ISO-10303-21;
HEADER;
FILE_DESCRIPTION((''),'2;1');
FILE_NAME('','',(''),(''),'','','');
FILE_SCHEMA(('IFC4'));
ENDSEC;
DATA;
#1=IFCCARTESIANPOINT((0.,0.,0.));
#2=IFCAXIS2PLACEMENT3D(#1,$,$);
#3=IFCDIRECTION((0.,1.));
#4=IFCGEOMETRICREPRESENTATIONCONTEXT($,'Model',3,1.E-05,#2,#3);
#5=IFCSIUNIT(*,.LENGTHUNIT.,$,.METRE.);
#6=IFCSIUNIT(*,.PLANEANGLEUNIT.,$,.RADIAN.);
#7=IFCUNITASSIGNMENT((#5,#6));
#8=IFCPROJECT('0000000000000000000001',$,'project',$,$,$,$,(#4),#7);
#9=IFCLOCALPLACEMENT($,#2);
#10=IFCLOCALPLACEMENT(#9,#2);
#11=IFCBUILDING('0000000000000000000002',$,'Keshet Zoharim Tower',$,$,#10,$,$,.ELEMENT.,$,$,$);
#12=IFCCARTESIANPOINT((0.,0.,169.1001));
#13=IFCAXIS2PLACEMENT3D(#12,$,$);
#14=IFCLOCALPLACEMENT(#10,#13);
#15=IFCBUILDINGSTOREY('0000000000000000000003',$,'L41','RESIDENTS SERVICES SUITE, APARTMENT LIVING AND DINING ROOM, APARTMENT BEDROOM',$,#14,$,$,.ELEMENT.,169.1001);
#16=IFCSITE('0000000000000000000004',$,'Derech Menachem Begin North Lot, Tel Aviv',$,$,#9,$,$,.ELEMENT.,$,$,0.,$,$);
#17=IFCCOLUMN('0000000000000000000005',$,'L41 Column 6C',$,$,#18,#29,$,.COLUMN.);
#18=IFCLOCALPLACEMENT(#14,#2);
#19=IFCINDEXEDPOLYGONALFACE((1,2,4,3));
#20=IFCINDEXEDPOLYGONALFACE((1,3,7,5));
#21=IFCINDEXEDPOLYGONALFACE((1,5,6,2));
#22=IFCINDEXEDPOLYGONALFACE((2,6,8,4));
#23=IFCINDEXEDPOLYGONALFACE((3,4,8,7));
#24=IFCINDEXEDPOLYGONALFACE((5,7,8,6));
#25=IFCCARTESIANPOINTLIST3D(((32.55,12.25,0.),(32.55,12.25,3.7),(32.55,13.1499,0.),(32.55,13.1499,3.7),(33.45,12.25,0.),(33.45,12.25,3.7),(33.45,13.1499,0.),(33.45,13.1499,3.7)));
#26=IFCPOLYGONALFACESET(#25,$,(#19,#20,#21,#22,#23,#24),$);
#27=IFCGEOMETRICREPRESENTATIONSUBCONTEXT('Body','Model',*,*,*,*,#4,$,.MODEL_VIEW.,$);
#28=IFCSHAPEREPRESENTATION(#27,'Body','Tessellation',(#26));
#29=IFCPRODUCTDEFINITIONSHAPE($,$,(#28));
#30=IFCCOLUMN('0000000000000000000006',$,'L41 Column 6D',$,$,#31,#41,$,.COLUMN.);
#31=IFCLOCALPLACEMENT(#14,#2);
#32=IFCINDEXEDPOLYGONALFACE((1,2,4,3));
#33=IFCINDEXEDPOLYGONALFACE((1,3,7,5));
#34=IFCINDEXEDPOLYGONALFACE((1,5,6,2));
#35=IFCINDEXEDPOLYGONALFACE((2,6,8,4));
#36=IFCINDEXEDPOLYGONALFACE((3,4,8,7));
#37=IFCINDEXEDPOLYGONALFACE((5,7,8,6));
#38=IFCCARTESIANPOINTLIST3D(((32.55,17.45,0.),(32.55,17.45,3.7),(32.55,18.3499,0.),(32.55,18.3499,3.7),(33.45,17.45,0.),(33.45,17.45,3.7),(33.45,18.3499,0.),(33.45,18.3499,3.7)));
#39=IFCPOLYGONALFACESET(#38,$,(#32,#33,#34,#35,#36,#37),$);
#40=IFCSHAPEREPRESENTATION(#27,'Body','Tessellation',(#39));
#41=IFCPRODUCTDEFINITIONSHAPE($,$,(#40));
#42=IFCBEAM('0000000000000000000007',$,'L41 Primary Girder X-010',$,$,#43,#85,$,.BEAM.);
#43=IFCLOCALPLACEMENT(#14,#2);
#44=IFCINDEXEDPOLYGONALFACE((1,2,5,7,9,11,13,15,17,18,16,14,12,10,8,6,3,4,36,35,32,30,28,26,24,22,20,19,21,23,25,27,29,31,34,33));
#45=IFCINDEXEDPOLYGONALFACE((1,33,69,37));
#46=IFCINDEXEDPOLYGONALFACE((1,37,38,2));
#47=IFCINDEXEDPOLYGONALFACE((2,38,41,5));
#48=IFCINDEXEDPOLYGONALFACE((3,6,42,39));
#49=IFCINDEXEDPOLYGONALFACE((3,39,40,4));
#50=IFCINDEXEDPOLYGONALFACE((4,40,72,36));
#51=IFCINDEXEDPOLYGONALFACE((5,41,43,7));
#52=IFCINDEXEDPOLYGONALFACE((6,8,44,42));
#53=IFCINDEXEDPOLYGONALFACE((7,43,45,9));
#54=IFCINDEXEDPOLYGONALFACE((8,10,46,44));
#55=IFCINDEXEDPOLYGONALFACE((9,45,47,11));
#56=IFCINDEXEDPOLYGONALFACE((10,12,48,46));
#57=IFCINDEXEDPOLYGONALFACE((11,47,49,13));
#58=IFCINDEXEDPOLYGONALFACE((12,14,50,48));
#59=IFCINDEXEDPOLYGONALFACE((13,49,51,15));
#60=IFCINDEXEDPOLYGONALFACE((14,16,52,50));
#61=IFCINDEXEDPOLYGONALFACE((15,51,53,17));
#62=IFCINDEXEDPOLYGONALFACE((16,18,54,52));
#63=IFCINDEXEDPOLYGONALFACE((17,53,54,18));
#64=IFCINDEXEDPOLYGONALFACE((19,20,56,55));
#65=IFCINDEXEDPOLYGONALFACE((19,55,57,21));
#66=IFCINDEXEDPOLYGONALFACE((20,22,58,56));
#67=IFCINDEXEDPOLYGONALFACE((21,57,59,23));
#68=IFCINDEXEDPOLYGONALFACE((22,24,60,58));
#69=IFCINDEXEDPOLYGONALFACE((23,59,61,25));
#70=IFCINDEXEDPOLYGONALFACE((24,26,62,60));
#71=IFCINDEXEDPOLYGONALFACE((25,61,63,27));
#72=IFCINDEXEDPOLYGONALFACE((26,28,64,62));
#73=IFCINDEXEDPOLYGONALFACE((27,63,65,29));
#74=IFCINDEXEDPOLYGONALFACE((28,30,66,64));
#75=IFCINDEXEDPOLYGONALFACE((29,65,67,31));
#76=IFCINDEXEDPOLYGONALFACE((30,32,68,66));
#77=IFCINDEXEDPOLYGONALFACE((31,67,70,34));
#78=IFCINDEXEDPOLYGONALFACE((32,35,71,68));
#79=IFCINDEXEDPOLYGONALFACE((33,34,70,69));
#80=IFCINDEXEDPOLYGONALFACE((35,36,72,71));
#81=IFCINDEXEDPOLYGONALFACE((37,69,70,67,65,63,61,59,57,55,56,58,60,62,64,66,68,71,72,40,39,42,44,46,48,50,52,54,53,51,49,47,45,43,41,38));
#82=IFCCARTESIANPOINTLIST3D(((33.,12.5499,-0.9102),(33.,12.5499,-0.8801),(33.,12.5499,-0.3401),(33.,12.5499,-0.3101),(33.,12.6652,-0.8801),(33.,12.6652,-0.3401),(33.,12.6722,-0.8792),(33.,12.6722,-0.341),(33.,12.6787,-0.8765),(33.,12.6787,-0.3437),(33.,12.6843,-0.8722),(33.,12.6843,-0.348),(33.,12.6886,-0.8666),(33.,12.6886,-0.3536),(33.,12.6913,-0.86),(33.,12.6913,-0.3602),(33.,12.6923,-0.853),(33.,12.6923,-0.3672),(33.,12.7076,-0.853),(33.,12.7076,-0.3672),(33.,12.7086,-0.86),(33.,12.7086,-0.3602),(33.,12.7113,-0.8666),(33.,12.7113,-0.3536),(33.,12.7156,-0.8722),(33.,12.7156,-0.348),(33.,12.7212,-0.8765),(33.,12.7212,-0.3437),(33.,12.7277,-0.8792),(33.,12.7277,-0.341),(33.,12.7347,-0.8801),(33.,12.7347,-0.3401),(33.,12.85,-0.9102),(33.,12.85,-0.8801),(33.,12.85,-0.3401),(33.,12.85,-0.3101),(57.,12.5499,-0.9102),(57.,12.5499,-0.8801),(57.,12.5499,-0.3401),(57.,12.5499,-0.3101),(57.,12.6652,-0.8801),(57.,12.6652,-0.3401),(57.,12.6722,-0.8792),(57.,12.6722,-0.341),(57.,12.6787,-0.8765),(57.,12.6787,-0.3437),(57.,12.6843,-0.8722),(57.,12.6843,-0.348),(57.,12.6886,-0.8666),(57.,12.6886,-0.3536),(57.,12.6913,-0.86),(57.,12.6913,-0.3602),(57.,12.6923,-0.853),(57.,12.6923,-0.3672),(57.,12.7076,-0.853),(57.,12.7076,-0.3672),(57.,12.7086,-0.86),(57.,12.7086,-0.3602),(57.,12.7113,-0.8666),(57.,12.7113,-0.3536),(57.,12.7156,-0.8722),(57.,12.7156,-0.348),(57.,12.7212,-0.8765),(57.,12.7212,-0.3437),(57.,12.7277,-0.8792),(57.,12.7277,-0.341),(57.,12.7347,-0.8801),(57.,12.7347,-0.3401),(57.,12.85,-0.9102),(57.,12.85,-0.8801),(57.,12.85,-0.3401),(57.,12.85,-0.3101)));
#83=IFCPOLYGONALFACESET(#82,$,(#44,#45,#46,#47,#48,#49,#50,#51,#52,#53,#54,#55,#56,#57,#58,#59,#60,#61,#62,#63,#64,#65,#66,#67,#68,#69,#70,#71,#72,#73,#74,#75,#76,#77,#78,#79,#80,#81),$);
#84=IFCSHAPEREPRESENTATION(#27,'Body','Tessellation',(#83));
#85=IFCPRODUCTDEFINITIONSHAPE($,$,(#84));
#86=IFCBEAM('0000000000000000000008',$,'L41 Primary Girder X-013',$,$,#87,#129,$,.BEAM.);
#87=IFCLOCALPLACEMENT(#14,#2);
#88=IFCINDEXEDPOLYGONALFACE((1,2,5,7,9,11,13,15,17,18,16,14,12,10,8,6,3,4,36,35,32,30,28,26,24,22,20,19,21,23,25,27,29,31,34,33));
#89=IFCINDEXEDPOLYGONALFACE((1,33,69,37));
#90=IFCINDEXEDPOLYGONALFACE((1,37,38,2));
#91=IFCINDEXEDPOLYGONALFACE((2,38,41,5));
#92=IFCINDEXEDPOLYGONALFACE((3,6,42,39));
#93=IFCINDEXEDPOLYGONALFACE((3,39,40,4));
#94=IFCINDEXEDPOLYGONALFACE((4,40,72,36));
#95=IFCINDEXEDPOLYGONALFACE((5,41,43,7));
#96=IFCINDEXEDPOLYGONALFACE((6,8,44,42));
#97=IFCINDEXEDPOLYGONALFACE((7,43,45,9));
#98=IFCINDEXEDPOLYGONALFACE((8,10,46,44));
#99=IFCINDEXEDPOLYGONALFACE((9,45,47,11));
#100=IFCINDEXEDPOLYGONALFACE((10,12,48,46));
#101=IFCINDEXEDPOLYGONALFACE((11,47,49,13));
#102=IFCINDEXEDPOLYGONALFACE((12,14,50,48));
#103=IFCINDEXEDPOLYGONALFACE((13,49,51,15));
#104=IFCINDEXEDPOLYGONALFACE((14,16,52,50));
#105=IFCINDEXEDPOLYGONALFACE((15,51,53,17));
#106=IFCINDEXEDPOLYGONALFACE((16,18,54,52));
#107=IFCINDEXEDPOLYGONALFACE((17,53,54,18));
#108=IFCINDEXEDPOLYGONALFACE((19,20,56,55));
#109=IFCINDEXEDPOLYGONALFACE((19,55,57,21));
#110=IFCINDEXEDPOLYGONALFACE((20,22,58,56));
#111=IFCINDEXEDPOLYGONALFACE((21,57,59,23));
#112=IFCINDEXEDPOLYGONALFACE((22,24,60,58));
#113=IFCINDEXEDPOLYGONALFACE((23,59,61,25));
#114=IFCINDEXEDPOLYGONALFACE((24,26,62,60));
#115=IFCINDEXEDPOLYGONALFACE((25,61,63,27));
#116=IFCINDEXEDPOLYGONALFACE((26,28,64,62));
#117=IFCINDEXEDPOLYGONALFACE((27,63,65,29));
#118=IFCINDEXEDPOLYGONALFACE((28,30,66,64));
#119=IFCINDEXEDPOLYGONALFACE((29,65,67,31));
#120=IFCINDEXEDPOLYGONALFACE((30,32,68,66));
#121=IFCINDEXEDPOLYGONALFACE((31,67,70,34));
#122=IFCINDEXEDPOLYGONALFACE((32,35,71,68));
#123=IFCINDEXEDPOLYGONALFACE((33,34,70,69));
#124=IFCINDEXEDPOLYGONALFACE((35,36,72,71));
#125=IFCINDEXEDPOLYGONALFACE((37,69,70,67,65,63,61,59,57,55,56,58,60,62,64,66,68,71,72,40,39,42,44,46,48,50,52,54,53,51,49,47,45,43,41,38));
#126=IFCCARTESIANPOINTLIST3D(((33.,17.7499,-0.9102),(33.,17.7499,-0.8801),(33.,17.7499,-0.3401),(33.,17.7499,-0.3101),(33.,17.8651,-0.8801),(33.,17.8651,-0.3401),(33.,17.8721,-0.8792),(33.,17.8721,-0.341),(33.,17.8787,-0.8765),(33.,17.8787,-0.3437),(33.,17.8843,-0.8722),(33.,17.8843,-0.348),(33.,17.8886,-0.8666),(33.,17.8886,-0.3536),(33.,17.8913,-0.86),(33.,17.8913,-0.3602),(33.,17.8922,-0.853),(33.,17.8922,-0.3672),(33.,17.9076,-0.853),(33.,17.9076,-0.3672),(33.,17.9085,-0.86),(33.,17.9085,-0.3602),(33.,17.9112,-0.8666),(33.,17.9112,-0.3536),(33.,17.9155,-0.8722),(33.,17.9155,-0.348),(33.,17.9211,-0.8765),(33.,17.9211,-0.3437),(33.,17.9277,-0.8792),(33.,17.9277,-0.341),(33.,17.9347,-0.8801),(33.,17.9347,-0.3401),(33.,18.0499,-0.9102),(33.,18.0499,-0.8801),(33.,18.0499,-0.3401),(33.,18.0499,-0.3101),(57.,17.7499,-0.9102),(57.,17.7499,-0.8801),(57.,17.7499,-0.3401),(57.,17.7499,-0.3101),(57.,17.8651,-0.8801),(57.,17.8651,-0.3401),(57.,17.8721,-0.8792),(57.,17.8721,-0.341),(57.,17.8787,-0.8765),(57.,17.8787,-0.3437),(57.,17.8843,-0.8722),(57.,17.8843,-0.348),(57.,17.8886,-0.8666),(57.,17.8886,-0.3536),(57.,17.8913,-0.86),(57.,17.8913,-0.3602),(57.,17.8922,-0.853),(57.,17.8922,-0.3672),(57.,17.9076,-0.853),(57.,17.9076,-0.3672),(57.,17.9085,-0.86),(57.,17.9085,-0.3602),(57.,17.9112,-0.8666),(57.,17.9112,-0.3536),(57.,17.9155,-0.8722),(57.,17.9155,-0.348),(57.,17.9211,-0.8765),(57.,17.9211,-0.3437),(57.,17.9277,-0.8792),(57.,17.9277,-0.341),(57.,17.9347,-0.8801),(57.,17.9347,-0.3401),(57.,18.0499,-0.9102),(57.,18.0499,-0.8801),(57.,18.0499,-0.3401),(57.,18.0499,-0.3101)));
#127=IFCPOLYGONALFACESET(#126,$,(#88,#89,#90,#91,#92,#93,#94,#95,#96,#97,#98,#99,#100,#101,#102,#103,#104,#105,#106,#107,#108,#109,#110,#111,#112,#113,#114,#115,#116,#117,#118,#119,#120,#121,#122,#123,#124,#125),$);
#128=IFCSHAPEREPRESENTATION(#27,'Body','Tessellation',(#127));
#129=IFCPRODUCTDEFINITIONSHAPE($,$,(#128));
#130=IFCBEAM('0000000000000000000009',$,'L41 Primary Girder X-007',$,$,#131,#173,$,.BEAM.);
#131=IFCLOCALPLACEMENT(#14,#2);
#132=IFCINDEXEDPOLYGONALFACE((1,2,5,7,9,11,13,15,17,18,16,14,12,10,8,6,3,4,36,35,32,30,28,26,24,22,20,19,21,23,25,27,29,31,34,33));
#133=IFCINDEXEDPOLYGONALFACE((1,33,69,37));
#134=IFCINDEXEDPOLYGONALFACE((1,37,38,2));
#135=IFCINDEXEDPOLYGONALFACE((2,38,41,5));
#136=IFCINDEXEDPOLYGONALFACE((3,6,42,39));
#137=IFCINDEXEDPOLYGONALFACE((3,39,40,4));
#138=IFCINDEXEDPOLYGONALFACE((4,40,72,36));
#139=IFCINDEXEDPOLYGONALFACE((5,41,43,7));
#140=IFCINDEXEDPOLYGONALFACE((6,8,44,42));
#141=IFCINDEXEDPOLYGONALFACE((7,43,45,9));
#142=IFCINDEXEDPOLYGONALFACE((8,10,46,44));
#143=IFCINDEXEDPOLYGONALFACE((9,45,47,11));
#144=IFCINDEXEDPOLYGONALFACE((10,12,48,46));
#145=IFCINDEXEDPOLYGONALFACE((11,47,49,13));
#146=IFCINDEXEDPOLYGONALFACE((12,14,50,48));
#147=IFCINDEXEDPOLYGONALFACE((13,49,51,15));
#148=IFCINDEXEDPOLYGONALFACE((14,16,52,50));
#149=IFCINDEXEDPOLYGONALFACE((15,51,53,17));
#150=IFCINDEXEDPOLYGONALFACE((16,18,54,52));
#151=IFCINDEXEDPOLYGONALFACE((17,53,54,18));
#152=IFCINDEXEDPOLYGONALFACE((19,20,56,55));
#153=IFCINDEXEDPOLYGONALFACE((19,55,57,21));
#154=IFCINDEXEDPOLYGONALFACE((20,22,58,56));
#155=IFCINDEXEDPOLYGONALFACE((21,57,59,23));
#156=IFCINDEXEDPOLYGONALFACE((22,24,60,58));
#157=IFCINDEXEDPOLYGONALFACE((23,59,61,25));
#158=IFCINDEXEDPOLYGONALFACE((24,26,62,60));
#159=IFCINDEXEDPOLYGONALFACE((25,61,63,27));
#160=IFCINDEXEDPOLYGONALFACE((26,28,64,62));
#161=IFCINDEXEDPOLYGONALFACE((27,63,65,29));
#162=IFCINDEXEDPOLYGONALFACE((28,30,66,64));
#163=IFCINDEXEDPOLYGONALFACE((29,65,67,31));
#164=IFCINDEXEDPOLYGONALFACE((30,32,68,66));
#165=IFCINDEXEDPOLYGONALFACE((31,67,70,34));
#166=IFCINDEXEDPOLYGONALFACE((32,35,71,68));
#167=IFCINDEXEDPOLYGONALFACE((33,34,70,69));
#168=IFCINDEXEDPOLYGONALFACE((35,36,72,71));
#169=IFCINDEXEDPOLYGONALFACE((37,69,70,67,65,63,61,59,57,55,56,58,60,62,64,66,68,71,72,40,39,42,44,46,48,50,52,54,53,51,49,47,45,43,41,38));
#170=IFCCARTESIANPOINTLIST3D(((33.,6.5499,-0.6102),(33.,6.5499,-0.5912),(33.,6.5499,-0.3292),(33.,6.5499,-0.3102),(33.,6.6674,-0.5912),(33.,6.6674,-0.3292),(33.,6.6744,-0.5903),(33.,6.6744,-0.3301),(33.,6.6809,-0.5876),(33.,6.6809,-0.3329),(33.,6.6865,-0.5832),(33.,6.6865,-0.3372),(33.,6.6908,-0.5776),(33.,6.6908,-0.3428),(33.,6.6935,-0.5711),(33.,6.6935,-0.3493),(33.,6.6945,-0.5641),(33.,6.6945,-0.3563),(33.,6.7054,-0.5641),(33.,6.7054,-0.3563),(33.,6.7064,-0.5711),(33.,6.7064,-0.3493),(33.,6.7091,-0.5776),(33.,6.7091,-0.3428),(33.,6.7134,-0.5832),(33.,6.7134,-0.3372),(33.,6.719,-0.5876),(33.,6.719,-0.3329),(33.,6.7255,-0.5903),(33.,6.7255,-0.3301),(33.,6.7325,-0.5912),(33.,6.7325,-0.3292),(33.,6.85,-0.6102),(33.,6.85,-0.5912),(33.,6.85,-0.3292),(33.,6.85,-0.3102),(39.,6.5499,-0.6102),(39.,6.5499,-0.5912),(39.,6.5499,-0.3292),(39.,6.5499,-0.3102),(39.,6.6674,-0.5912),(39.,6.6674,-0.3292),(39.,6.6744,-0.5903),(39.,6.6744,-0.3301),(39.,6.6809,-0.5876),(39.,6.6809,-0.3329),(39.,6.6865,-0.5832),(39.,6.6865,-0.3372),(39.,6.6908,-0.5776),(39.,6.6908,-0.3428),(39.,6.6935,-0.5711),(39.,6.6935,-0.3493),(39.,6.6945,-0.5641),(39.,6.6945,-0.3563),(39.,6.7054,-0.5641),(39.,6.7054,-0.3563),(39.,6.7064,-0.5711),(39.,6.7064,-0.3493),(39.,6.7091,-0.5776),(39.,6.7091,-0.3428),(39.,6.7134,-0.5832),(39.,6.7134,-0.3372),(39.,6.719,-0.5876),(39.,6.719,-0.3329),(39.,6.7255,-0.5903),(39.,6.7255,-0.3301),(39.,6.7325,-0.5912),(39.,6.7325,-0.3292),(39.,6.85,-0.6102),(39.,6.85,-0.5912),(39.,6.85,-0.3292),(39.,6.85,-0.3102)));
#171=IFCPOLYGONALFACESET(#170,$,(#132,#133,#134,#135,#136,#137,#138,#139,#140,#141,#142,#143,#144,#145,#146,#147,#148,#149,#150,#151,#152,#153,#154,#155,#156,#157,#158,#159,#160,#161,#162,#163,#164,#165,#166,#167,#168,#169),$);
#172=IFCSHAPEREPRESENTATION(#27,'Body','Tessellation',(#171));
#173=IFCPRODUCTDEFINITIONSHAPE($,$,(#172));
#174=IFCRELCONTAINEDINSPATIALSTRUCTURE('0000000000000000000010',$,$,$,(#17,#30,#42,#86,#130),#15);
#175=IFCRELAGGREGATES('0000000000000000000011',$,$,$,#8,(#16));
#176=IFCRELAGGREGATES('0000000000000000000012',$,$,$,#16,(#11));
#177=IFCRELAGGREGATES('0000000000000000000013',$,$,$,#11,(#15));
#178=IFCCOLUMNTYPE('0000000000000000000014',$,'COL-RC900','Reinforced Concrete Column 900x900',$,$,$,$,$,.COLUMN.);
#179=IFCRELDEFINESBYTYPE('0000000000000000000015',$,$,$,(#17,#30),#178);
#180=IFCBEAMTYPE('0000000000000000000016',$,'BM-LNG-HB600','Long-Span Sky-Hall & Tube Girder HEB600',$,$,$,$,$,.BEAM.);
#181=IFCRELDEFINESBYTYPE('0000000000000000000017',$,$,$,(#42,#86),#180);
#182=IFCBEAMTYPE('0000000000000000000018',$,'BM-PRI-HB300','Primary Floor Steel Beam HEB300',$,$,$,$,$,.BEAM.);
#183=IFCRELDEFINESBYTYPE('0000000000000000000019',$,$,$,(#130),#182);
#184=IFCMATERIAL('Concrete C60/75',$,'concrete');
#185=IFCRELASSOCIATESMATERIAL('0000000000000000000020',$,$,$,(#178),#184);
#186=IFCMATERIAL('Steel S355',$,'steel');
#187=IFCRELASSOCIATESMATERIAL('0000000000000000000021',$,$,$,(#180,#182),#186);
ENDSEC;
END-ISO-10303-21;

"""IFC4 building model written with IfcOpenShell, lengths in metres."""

from ifc_helpers import new_model, si_unit, direction, frame, origin, origin_2d, place, context, subcontext, project, spatial, rectangle, i_section, extrude, material, material_profile, profile_set, type_object, element, save


model = new_model("IFC4")

# Units and contexts
model_context = context("Model", 3, precision=1e-05, world=origin(), true_north=direction((0.0, 1.0)))
body_context = subcontext(model_context, "Body", "Model", "MODEL_VIEW")
ifc_project = project(units=[si_unit("LENGTHUNIT", "METRE"), si_unit("PLANEANGLEUNIT", "RADIAN")], contexts=[model_context])

# Site, building, storey
site_placement = place(None, origin())
site = spatial("IfcSite", under=ifc_project, at=site_placement, Name="Derech Menachem Begin North Lot, Tel Aviv", CompositionType="ELEMENT", RefElevation=0.0)
building_placement = place(site_placement, origin())
building = spatial("IfcBuilding", under=site, at=building_placement, Name="Keshet Zoharim Tower", CompositionType="ELEMENT")
storey_placement = place(building_placement, frame((0.0, 0.0, 169.1001)))
storey = spatial("IfcBuildingStorey", under=building, at=storey_placement, Name="L41", Description="RESIDENTS SERVICES SUITE, APARTMENT LIVING AND DINING ROOM, APARTMENT BEDROOM", CompositionType="ELEMENT", Elevation=169.1001)

# Columns
ifc_material_1 = material(Name="Concrete C60/75", Category="concrete")
ifc_material_profile_1 = material_profile(ifc_material_1, rectangle(XDim=0.8999, YDim=0.8999, at=origin_2d()), Name="RC900x900")
ifc_profile_set_1 = profile_set([ifc_material_profile_1], Name="Concrete C60/75")
column_type = type_object("IfcColumnType", Name="COL-RC900", Description="Reinforced Concrete Column 900x900", PredefinedType="COLUMN", material=ifc_profile_set_1)
for number, where, z_axis, x_axis, name in (
    (1, (33.0, 12.7, 0.0), (0.0, 0.0, 1.0), (1.0, 0.0, 0.0), "L41 Column 6C"),
    (2, (33.0, 17.8999, 0.0), (0.0, 0.0, 1.0), (1.0, 0.0, 0.0), "L41 Column 6D"),
):
    element("IfcColumn", number, at=place(storey_placement, frame(where, z_axis=z_axis, x_axis=x_axis)), inside=storey, type_object=column_type, Name=name, PredefinedType="COLUMN", context=body_context, shape_type="SweptSolid", body=[
        extrude(rectangle(XDim=0.8999, YDim=0.8999, at=origin_2d()), origin(), (0.0, 0.0, 1.0), 3.7),
    ])

# Beams
ifc_material_2 = material(Name="Steel S355", Category="steel")
ifc_material_profile_2 = material_profile(ifc_material_2, i_section(OverallWidth=0.3, OverallDepth=0.6001, WebThickness=0.0154, FlangeThickness=0.03, FilletRadius=0.0271, at=origin_2d()), Name="HEB600")
ifc_profile_set_2 = profile_set([ifc_material_profile_2], Name="Steel S355")
beam_type_1 = type_object("IfcBeamType", Name="BM-LNG-HB600", Description="Long-Span Sky-Hall & Tube Girder HEB600", PredefinedType="BEAM", material=ifc_profile_set_2)
for number, where, z_axis, x_axis, name in (
    (3, (33.0, 12.7, -0.6101), (1.0, 0.0, 0.0), (0.0, 1.0, 0.0), "L41 Primary Girder X-010"),
    (4, (33.0, 17.8999, -0.6101), (1.0, 0.0, 0.0), (0.0, 1.0, 0.0), "L41 Primary Girder X-013"),
):
    element("IfcBeam", number, at=place(storey_placement, frame(where, z_axis=z_axis, x_axis=x_axis)), inside=storey, type_object=beam_type_1, Name=name, PredefinedType="BEAM", context=body_context, shape_type="SweptSolid", body=[
        extrude(i_section(OverallWidth=0.3, OverallDepth=0.6001, WebThickness=0.0154, FlangeThickness=0.03, FilletRadius=0.0271, at=origin_2d()), origin(), (0.0, 0.0, 1.0), 24.0),
    ])
ifc_material_profile_3 = material_profile(ifc_material_2, i_section(OverallWidth=0.3, OverallDepth=0.3, WebThickness=0.011, FlangeThickness=0.019, FilletRadius=0.0271, at=origin_2d()), Name="HEB300")
ifc_profile_set_3 = profile_set([ifc_material_profile_3], Name="Steel S355")
beam_type_2 = type_object("IfcBeamType", Name="BM-PRI-HB300", Description="Primary Floor Steel Beam HEB300", PredefinedType="BEAM", material=ifc_profile_set_3)
beam_1_placement = place(storey_placement, frame((33.0, 6.7, -0.4602), z_axis=(1.0, 0.0, 0.0), x_axis=(0.0, 1.0, 0.0)))
element("IfcBeam", 5, at=beam_1_placement, inside=storey, type_object=beam_type_2, Name="L41 Primary Girder X-007", PredefinedType="BEAM", context=body_context, shape_type="SweptSolid", body=[
    extrude(i_section(OverallWidth=0.3, OverallDepth=0.3, WebThickness=0.011, FlangeThickness=0.019, FilletRadius=0.0271, at=origin_2d()), origin(), (0.0, 0.0, 1.0), 6.0),
])

save(model, "model.ifc")
